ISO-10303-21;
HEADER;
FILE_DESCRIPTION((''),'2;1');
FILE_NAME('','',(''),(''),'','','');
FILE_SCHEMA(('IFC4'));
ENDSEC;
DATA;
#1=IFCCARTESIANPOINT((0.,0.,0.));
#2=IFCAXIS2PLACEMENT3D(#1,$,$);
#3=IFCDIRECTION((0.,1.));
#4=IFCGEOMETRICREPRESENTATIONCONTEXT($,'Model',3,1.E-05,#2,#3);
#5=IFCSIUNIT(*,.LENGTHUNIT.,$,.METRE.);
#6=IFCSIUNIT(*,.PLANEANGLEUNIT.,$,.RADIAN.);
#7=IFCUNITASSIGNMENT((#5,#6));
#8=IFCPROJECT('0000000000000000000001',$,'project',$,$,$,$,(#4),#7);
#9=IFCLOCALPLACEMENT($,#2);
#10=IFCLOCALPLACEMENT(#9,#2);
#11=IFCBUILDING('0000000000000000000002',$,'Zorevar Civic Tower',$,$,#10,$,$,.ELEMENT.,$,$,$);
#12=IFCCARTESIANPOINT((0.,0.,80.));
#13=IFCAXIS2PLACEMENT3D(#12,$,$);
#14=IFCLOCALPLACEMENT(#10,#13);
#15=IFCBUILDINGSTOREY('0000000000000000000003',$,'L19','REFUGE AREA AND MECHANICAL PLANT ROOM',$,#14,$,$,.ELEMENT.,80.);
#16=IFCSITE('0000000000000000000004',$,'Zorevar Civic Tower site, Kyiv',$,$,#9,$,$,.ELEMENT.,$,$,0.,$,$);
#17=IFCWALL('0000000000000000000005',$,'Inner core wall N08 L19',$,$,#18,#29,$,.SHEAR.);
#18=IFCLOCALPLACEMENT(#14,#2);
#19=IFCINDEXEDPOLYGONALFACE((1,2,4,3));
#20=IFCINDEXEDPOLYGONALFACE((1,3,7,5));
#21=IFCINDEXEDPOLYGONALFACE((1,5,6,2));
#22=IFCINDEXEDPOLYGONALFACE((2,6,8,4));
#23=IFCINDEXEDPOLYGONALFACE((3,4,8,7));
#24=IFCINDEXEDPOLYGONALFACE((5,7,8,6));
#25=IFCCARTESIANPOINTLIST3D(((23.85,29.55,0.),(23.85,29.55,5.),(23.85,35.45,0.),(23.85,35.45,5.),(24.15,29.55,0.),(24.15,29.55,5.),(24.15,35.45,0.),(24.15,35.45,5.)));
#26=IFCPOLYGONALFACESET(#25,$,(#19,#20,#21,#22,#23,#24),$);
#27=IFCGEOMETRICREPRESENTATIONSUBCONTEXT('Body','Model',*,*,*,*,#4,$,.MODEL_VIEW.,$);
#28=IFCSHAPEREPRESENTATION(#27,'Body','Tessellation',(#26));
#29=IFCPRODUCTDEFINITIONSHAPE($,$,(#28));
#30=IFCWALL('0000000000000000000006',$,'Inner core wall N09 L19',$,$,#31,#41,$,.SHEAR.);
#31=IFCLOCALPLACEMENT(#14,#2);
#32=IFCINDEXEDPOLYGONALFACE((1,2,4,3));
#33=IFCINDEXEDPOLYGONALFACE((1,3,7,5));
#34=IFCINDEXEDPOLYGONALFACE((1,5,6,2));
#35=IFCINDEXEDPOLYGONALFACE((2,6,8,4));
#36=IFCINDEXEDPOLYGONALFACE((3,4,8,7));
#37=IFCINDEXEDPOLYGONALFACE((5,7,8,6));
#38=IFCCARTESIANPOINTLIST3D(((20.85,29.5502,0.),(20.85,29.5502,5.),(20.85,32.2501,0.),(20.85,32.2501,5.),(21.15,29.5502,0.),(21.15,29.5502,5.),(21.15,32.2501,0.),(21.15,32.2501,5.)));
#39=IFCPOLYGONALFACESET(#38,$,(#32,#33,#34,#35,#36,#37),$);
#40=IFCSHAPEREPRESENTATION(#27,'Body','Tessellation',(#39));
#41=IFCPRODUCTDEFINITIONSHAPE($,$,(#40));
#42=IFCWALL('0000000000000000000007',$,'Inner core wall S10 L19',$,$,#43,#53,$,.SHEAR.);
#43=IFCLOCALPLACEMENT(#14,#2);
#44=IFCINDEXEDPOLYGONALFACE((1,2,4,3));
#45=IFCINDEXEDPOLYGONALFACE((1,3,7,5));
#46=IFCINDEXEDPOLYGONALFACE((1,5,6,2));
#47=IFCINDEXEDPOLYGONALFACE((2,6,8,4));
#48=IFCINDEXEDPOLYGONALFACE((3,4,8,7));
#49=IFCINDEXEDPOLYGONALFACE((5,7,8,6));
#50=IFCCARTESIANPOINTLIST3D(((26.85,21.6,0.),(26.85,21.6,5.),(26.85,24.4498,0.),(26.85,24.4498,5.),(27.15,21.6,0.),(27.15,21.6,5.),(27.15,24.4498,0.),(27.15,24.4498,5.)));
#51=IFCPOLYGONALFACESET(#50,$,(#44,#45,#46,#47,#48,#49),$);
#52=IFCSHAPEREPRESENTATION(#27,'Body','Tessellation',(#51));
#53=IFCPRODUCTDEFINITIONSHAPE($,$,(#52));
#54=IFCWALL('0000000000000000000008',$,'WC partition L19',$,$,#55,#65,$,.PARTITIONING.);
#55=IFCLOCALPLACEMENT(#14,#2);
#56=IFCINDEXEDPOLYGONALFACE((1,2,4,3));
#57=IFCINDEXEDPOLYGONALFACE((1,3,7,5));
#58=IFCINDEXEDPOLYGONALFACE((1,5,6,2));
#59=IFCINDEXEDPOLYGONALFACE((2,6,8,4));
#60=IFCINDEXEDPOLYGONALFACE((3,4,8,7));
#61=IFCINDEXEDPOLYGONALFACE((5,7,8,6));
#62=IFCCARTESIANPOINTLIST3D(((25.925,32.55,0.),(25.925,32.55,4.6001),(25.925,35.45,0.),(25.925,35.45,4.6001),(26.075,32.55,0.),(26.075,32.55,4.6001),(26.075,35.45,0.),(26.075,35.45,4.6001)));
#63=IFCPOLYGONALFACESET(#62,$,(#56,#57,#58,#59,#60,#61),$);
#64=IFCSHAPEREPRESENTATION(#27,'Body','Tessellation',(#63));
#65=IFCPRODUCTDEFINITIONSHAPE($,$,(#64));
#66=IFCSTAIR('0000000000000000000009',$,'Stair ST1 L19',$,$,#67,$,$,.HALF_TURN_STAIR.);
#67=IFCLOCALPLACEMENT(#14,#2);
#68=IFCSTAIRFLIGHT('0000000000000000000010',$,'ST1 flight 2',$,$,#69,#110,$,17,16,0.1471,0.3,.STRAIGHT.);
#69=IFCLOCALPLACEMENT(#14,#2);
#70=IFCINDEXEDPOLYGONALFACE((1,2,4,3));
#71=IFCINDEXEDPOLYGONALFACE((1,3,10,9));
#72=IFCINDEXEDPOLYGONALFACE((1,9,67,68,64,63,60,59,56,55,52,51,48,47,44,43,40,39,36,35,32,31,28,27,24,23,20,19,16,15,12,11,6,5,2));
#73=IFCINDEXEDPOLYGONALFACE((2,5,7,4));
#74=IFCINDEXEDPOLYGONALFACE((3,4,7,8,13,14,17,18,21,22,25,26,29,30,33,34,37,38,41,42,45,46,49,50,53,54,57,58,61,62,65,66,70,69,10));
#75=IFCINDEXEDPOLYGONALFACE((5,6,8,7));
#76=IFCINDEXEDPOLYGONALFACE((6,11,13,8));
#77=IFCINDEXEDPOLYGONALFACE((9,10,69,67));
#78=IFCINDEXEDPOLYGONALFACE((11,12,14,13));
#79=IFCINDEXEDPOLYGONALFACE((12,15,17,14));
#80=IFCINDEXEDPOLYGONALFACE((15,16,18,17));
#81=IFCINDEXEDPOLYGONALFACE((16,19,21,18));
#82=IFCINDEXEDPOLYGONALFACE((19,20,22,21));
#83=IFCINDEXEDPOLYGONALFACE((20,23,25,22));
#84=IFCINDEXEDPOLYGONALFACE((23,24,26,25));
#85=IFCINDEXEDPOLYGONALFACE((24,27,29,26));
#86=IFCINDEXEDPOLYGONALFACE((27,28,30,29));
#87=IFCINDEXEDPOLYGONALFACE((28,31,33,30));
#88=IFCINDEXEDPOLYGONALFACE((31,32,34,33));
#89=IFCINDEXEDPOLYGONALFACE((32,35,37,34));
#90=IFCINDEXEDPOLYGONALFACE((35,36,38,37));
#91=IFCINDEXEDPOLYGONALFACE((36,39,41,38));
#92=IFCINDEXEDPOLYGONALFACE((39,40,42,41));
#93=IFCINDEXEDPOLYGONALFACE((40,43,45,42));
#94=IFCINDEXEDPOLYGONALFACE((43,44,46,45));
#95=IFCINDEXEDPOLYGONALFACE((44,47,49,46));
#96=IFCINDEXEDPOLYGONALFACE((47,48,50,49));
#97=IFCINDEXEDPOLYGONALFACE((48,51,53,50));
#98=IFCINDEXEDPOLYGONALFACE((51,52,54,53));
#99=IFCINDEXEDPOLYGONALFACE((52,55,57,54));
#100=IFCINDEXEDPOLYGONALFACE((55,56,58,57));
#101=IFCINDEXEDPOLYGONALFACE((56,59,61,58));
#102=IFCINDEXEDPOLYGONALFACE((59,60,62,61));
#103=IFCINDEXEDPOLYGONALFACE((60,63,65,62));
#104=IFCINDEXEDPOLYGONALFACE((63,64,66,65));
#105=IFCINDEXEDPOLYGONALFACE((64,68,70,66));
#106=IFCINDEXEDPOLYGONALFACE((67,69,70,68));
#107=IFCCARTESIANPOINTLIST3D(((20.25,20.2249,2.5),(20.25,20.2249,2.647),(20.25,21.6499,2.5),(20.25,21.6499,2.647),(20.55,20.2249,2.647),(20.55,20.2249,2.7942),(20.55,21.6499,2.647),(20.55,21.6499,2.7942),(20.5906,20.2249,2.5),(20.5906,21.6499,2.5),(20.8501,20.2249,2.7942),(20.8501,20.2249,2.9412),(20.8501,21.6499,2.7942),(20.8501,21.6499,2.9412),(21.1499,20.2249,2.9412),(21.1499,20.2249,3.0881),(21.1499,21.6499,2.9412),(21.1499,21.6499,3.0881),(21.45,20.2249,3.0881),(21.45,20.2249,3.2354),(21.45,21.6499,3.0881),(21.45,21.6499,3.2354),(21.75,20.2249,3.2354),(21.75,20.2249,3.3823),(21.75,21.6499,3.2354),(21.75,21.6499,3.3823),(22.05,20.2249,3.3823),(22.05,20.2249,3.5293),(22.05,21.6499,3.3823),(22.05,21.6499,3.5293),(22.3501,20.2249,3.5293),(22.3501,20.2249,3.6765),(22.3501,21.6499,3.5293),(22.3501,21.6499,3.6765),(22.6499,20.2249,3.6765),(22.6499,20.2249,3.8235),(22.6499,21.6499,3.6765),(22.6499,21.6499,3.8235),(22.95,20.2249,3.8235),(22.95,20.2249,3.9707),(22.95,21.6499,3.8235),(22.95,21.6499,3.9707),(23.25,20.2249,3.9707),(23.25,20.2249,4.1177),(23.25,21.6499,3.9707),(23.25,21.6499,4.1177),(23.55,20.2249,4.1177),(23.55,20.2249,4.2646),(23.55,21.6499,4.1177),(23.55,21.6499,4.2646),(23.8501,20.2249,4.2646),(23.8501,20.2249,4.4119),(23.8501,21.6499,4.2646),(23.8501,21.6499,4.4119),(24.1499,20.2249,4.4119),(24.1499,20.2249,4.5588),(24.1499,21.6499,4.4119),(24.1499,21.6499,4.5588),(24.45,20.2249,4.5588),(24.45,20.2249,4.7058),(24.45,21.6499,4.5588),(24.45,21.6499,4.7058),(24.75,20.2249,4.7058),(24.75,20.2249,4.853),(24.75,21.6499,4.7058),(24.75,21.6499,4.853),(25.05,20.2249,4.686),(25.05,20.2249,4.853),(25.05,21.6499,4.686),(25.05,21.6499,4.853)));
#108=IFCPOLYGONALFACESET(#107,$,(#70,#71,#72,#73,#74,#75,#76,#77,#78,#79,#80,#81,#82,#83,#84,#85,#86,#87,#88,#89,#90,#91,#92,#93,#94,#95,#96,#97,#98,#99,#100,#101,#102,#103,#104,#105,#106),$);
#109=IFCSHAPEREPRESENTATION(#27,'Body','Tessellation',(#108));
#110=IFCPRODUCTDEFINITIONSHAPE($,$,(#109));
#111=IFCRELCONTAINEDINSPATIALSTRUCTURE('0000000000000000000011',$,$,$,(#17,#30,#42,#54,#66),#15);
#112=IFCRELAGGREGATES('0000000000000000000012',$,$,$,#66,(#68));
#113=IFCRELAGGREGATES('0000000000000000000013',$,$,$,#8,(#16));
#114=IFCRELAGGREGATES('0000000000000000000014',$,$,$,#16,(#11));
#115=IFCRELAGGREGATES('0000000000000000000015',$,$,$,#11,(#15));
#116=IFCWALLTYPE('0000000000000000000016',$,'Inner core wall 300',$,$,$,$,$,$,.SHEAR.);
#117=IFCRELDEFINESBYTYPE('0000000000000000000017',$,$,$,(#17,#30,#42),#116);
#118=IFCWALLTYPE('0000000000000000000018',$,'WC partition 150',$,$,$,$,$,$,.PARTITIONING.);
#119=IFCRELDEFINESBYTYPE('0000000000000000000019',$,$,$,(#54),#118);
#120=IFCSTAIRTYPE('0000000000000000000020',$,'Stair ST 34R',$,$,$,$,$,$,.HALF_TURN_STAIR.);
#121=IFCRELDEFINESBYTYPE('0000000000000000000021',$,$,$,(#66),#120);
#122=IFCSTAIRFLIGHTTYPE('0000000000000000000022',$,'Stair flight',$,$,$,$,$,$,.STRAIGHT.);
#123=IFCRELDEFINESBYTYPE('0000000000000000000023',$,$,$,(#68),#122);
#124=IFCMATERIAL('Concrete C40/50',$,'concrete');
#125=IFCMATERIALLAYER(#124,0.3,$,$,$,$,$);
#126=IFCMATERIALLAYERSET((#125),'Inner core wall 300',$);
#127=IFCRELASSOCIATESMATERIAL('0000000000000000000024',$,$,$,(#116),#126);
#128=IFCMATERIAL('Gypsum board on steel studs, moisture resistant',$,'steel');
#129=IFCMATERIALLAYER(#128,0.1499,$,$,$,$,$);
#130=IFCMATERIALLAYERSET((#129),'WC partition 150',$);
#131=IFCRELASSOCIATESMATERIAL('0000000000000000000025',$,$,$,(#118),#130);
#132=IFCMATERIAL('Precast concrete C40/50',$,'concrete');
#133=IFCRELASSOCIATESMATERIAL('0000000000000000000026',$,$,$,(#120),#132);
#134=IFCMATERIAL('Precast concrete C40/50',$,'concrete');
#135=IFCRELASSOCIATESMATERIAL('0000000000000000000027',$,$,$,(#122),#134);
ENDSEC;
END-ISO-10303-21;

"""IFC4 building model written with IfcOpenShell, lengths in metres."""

from ifc_helpers import new_model, si_unit, direction, frame, frame_2d, origin, place, context, subcontext, project, spatial, polyline, rectangle, outline, extrude, material, layer, layer_set, type_object, element, aggregate, save


model = new_model("IFC4")

# Units and contexts
model_context = context("Model", 3, precision=1e-05, world=origin(), true_north=direction((0.0, 1.0)))
body_context = subcontext(model_context, "Body", "Model", "MODEL_VIEW")
ifc_project = project(units=[si_unit("LENGTHUNIT", "METRE"), si_unit("PLANEANGLEUNIT", "RADIAN")], contexts=[model_context])

# Site, building, storey
site_placement = place(None, origin())
site = spatial("IfcSite", under=ifc_project, at=site_placement, Name="Zorevar Civic Tower site, Kyiv", CompositionType="ELEMENT", RefElevation=0.0)
building_placement = place(site_placement, origin())
building = spatial("IfcBuilding", under=site, at=building_placement, Name="Zorevar Civic Tower", CompositionType="ELEMENT")
storey_placement = place(building_placement, frame((0.0, 0.0, 80.0)))
storey = spatial("IfcBuildingStorey", under=building, at=storey_placement, Name="L19", Description="REFUGE AREA AND MECHANICAL PLANT ROOM", CompositionType="ELEMENT", Elevation=80.0)

# Shared definitions
ifc_material_1 = material(Name="Concrete C40/50", Category="concrete")
ifc_layer_1 = layer(ifc_material_1, 0.3)
ifc_layer_set_1 = layer_set([ifc_layer_1], Name="Inner core wall 300")
wall_type_1 = type_object("IfcWallType", Name="Inner core wall 300", PredefinedType="SHEAR", material=ifc_layer_set_1)

# Walls
wall_1_placement = place(storey_placement, frame((24.0, 29.55, 0.0), z_axis=(0.0, 0.0, 1.0), x_axis=(0.0, 1.0, 0.0)))
element("IfcWall", 1, at=wall_1_placement, inside=storey, type_object=wall_type_1, Name="Inner core wall N08 L19", PredefinedType="SHEAR", context=body_context, shape_type="SweptSolid", body=[
    extrude(rectangle(XDim=5.8999, YDim=0.3, at=frame_2d((2.95, 0.0))), origin(), (0.0, 0.0, 1.0), 5.0),
])
wall_2_placement = place(storey_placement, frame((21.0, 29.55, 0.0), z_axis=(0.0, 0.0, 1.0), x_axis=(0.0, 1.0, 0.0)))
element("IfcWall", 2, at=wall_2_placement, inside=storey, type_object=wall_type_1, Name="Inner core wall N09 L19", PredefinedType="SHEAR", context=body_context, shape_type="SweptSolid", body=[
    extrude(rectangle(XDim=2.7, YDim=0.3, at=frame_2d((1.3501, 0.0))), origin(), (0.0, 0.0, 1.0), 5.0),
])
wall_3_placement = place(storey_placement, frame((27.0, 21.6001, 0.0), z_axis=(0.0, 0.0, 1.0), x_axis=(0.0, 1.0, 0.0)))
element("IfcWall", 3, at=wall_3_placement, inside=storey, type_object=wall_type_1, Name="Inner core wall S10 L19", PredefinedType="SHEAR", context=body_context, shape_type="SweptSolid", body=[
    extrude(rectangle(XDim=2.8499, YDim=0.3, at=frame_2d((1.4248, 0.0))), origin(), (0.0, 0.0, 1.0), 5.0),
])
ifc_material_2 = material(Name="Gypsum board on steel studs, moisture resistant", Category="steel")
ifc_layer_2 = layer(ifc_material_2, 0.1499)
ifc_layer_set_2 = layer_set([ifc_layer_2], Name="WC partition 150")
wall_type_2 = type_object("IfcWallType", Name="WC partition 150", PredefinedType="PARTITIONING", material=ifc_layer_set_2)
wall_4_placement = place(storey_placement, frame((26.0, 32.55, 0.0), z_axis=(0.0, 0.0, 1.0), x_axis=(0.0, 1.0, 0.0)))
element("IfcWall", 4, at=wall_4_placement, inside=storey, type_object=wall_type_2, Name="WC partition L19", PredefinedType="PARTITIONING", context=body_context, shape_type="SweptSolid", body=[
    extrude(rectangle(XDim=2.8999, YDim=0.1499, at=frame_2d((1.45, 0.0))), origin(), (0.0, 0.0, 1.0), 4.6001),
])

# Stair, stair flight
ifc_material_3 = material(Name="Precast concrete C40/50", Category="concrete")
stair_type = type_object("IfcStairType", Name="Stair ST 34R", PredefinedType="HALF_TURN_STAIR", material=ifc_material_3)
stair_placement = place(storey_placement, origin())
stair = element("IfcStair", 5, at=stair_placement, inside=storey, type_object=stair_type, Name="Stair ST1 L19", PredefinedType="HALF_TURN_STAIR")
ifc_material_4 = material(Name="Precast concrete C40/50", Category="concrete")
stair_flight_type = type_object("IfcStairFlightType", Name="Stair flight", PredefinedType="STRAIGHT", material=ifc_material_4)
stair_flight_placement = place(storey_placement, frame((20.25, 20.9375, 2.5), z_axis=(0.0, 0.0, 1.0), x_axis=(1.0, 0.0, 0.0)))
stair_flight = element("IfcStairFlight", 6, at=stair_flight_placement, type_object=stair_flight_type, Name="ST1 flight 2", NumberOfRisers=17, NumberOfTreads=16, PredefinedType="STRAIGHT", RiserHeight=0.1471, TreadLength=0.3, context=body_context, shape_type="SweptSolid", body=[
    extrude(outline(polyline([(0.0, 0.0), (0.0, 0.147), (0.3, 0.147), (0.3, 0.2942), (0.6001, 0.2942), (0.6001, 0.4412), (0.8999, 0.4412), (0.8999, 0.5881), (1.2, 0.5881), (1.2, 0.7354), (1.5, 0.7354), (1.5, 0.8823), (1.8, 0.8823), (1.8, 1.0293), (2.1001, 1.0293), (2.1001, 1.1765), (2.3999, 1.1765), (2.3999, 1.3235), (2.7, 1.3235), (2.7, 1.4707), (3.0, 1.4707), (3.0, 1.6177), (3.3, 1.6177), (3.3, 1.7646), (3.6001, 1.7646), (3.6001, 1.9119), (3.8999, 1.9119), (3.8999, 2.0588), (4.2, 2.0588), (4.2, 2.2058), (4.5, 2.2058), (4.5, 2.353), (4.8, 2.353), (4.8, 2.5), (4.8, 2.186), (0.3406, 0.0), (0.0, 0.0)])), frame((0.0, 0.7124, 0.0), z_axis=(0.0, -1.0, 0.0), x_axis=(1.0, 0.0, 0.0)), (0.0, 0.0, 1.0), 1.425),
])
aggregate(stair, [stair_flight])

save(model, "model.ifc")
